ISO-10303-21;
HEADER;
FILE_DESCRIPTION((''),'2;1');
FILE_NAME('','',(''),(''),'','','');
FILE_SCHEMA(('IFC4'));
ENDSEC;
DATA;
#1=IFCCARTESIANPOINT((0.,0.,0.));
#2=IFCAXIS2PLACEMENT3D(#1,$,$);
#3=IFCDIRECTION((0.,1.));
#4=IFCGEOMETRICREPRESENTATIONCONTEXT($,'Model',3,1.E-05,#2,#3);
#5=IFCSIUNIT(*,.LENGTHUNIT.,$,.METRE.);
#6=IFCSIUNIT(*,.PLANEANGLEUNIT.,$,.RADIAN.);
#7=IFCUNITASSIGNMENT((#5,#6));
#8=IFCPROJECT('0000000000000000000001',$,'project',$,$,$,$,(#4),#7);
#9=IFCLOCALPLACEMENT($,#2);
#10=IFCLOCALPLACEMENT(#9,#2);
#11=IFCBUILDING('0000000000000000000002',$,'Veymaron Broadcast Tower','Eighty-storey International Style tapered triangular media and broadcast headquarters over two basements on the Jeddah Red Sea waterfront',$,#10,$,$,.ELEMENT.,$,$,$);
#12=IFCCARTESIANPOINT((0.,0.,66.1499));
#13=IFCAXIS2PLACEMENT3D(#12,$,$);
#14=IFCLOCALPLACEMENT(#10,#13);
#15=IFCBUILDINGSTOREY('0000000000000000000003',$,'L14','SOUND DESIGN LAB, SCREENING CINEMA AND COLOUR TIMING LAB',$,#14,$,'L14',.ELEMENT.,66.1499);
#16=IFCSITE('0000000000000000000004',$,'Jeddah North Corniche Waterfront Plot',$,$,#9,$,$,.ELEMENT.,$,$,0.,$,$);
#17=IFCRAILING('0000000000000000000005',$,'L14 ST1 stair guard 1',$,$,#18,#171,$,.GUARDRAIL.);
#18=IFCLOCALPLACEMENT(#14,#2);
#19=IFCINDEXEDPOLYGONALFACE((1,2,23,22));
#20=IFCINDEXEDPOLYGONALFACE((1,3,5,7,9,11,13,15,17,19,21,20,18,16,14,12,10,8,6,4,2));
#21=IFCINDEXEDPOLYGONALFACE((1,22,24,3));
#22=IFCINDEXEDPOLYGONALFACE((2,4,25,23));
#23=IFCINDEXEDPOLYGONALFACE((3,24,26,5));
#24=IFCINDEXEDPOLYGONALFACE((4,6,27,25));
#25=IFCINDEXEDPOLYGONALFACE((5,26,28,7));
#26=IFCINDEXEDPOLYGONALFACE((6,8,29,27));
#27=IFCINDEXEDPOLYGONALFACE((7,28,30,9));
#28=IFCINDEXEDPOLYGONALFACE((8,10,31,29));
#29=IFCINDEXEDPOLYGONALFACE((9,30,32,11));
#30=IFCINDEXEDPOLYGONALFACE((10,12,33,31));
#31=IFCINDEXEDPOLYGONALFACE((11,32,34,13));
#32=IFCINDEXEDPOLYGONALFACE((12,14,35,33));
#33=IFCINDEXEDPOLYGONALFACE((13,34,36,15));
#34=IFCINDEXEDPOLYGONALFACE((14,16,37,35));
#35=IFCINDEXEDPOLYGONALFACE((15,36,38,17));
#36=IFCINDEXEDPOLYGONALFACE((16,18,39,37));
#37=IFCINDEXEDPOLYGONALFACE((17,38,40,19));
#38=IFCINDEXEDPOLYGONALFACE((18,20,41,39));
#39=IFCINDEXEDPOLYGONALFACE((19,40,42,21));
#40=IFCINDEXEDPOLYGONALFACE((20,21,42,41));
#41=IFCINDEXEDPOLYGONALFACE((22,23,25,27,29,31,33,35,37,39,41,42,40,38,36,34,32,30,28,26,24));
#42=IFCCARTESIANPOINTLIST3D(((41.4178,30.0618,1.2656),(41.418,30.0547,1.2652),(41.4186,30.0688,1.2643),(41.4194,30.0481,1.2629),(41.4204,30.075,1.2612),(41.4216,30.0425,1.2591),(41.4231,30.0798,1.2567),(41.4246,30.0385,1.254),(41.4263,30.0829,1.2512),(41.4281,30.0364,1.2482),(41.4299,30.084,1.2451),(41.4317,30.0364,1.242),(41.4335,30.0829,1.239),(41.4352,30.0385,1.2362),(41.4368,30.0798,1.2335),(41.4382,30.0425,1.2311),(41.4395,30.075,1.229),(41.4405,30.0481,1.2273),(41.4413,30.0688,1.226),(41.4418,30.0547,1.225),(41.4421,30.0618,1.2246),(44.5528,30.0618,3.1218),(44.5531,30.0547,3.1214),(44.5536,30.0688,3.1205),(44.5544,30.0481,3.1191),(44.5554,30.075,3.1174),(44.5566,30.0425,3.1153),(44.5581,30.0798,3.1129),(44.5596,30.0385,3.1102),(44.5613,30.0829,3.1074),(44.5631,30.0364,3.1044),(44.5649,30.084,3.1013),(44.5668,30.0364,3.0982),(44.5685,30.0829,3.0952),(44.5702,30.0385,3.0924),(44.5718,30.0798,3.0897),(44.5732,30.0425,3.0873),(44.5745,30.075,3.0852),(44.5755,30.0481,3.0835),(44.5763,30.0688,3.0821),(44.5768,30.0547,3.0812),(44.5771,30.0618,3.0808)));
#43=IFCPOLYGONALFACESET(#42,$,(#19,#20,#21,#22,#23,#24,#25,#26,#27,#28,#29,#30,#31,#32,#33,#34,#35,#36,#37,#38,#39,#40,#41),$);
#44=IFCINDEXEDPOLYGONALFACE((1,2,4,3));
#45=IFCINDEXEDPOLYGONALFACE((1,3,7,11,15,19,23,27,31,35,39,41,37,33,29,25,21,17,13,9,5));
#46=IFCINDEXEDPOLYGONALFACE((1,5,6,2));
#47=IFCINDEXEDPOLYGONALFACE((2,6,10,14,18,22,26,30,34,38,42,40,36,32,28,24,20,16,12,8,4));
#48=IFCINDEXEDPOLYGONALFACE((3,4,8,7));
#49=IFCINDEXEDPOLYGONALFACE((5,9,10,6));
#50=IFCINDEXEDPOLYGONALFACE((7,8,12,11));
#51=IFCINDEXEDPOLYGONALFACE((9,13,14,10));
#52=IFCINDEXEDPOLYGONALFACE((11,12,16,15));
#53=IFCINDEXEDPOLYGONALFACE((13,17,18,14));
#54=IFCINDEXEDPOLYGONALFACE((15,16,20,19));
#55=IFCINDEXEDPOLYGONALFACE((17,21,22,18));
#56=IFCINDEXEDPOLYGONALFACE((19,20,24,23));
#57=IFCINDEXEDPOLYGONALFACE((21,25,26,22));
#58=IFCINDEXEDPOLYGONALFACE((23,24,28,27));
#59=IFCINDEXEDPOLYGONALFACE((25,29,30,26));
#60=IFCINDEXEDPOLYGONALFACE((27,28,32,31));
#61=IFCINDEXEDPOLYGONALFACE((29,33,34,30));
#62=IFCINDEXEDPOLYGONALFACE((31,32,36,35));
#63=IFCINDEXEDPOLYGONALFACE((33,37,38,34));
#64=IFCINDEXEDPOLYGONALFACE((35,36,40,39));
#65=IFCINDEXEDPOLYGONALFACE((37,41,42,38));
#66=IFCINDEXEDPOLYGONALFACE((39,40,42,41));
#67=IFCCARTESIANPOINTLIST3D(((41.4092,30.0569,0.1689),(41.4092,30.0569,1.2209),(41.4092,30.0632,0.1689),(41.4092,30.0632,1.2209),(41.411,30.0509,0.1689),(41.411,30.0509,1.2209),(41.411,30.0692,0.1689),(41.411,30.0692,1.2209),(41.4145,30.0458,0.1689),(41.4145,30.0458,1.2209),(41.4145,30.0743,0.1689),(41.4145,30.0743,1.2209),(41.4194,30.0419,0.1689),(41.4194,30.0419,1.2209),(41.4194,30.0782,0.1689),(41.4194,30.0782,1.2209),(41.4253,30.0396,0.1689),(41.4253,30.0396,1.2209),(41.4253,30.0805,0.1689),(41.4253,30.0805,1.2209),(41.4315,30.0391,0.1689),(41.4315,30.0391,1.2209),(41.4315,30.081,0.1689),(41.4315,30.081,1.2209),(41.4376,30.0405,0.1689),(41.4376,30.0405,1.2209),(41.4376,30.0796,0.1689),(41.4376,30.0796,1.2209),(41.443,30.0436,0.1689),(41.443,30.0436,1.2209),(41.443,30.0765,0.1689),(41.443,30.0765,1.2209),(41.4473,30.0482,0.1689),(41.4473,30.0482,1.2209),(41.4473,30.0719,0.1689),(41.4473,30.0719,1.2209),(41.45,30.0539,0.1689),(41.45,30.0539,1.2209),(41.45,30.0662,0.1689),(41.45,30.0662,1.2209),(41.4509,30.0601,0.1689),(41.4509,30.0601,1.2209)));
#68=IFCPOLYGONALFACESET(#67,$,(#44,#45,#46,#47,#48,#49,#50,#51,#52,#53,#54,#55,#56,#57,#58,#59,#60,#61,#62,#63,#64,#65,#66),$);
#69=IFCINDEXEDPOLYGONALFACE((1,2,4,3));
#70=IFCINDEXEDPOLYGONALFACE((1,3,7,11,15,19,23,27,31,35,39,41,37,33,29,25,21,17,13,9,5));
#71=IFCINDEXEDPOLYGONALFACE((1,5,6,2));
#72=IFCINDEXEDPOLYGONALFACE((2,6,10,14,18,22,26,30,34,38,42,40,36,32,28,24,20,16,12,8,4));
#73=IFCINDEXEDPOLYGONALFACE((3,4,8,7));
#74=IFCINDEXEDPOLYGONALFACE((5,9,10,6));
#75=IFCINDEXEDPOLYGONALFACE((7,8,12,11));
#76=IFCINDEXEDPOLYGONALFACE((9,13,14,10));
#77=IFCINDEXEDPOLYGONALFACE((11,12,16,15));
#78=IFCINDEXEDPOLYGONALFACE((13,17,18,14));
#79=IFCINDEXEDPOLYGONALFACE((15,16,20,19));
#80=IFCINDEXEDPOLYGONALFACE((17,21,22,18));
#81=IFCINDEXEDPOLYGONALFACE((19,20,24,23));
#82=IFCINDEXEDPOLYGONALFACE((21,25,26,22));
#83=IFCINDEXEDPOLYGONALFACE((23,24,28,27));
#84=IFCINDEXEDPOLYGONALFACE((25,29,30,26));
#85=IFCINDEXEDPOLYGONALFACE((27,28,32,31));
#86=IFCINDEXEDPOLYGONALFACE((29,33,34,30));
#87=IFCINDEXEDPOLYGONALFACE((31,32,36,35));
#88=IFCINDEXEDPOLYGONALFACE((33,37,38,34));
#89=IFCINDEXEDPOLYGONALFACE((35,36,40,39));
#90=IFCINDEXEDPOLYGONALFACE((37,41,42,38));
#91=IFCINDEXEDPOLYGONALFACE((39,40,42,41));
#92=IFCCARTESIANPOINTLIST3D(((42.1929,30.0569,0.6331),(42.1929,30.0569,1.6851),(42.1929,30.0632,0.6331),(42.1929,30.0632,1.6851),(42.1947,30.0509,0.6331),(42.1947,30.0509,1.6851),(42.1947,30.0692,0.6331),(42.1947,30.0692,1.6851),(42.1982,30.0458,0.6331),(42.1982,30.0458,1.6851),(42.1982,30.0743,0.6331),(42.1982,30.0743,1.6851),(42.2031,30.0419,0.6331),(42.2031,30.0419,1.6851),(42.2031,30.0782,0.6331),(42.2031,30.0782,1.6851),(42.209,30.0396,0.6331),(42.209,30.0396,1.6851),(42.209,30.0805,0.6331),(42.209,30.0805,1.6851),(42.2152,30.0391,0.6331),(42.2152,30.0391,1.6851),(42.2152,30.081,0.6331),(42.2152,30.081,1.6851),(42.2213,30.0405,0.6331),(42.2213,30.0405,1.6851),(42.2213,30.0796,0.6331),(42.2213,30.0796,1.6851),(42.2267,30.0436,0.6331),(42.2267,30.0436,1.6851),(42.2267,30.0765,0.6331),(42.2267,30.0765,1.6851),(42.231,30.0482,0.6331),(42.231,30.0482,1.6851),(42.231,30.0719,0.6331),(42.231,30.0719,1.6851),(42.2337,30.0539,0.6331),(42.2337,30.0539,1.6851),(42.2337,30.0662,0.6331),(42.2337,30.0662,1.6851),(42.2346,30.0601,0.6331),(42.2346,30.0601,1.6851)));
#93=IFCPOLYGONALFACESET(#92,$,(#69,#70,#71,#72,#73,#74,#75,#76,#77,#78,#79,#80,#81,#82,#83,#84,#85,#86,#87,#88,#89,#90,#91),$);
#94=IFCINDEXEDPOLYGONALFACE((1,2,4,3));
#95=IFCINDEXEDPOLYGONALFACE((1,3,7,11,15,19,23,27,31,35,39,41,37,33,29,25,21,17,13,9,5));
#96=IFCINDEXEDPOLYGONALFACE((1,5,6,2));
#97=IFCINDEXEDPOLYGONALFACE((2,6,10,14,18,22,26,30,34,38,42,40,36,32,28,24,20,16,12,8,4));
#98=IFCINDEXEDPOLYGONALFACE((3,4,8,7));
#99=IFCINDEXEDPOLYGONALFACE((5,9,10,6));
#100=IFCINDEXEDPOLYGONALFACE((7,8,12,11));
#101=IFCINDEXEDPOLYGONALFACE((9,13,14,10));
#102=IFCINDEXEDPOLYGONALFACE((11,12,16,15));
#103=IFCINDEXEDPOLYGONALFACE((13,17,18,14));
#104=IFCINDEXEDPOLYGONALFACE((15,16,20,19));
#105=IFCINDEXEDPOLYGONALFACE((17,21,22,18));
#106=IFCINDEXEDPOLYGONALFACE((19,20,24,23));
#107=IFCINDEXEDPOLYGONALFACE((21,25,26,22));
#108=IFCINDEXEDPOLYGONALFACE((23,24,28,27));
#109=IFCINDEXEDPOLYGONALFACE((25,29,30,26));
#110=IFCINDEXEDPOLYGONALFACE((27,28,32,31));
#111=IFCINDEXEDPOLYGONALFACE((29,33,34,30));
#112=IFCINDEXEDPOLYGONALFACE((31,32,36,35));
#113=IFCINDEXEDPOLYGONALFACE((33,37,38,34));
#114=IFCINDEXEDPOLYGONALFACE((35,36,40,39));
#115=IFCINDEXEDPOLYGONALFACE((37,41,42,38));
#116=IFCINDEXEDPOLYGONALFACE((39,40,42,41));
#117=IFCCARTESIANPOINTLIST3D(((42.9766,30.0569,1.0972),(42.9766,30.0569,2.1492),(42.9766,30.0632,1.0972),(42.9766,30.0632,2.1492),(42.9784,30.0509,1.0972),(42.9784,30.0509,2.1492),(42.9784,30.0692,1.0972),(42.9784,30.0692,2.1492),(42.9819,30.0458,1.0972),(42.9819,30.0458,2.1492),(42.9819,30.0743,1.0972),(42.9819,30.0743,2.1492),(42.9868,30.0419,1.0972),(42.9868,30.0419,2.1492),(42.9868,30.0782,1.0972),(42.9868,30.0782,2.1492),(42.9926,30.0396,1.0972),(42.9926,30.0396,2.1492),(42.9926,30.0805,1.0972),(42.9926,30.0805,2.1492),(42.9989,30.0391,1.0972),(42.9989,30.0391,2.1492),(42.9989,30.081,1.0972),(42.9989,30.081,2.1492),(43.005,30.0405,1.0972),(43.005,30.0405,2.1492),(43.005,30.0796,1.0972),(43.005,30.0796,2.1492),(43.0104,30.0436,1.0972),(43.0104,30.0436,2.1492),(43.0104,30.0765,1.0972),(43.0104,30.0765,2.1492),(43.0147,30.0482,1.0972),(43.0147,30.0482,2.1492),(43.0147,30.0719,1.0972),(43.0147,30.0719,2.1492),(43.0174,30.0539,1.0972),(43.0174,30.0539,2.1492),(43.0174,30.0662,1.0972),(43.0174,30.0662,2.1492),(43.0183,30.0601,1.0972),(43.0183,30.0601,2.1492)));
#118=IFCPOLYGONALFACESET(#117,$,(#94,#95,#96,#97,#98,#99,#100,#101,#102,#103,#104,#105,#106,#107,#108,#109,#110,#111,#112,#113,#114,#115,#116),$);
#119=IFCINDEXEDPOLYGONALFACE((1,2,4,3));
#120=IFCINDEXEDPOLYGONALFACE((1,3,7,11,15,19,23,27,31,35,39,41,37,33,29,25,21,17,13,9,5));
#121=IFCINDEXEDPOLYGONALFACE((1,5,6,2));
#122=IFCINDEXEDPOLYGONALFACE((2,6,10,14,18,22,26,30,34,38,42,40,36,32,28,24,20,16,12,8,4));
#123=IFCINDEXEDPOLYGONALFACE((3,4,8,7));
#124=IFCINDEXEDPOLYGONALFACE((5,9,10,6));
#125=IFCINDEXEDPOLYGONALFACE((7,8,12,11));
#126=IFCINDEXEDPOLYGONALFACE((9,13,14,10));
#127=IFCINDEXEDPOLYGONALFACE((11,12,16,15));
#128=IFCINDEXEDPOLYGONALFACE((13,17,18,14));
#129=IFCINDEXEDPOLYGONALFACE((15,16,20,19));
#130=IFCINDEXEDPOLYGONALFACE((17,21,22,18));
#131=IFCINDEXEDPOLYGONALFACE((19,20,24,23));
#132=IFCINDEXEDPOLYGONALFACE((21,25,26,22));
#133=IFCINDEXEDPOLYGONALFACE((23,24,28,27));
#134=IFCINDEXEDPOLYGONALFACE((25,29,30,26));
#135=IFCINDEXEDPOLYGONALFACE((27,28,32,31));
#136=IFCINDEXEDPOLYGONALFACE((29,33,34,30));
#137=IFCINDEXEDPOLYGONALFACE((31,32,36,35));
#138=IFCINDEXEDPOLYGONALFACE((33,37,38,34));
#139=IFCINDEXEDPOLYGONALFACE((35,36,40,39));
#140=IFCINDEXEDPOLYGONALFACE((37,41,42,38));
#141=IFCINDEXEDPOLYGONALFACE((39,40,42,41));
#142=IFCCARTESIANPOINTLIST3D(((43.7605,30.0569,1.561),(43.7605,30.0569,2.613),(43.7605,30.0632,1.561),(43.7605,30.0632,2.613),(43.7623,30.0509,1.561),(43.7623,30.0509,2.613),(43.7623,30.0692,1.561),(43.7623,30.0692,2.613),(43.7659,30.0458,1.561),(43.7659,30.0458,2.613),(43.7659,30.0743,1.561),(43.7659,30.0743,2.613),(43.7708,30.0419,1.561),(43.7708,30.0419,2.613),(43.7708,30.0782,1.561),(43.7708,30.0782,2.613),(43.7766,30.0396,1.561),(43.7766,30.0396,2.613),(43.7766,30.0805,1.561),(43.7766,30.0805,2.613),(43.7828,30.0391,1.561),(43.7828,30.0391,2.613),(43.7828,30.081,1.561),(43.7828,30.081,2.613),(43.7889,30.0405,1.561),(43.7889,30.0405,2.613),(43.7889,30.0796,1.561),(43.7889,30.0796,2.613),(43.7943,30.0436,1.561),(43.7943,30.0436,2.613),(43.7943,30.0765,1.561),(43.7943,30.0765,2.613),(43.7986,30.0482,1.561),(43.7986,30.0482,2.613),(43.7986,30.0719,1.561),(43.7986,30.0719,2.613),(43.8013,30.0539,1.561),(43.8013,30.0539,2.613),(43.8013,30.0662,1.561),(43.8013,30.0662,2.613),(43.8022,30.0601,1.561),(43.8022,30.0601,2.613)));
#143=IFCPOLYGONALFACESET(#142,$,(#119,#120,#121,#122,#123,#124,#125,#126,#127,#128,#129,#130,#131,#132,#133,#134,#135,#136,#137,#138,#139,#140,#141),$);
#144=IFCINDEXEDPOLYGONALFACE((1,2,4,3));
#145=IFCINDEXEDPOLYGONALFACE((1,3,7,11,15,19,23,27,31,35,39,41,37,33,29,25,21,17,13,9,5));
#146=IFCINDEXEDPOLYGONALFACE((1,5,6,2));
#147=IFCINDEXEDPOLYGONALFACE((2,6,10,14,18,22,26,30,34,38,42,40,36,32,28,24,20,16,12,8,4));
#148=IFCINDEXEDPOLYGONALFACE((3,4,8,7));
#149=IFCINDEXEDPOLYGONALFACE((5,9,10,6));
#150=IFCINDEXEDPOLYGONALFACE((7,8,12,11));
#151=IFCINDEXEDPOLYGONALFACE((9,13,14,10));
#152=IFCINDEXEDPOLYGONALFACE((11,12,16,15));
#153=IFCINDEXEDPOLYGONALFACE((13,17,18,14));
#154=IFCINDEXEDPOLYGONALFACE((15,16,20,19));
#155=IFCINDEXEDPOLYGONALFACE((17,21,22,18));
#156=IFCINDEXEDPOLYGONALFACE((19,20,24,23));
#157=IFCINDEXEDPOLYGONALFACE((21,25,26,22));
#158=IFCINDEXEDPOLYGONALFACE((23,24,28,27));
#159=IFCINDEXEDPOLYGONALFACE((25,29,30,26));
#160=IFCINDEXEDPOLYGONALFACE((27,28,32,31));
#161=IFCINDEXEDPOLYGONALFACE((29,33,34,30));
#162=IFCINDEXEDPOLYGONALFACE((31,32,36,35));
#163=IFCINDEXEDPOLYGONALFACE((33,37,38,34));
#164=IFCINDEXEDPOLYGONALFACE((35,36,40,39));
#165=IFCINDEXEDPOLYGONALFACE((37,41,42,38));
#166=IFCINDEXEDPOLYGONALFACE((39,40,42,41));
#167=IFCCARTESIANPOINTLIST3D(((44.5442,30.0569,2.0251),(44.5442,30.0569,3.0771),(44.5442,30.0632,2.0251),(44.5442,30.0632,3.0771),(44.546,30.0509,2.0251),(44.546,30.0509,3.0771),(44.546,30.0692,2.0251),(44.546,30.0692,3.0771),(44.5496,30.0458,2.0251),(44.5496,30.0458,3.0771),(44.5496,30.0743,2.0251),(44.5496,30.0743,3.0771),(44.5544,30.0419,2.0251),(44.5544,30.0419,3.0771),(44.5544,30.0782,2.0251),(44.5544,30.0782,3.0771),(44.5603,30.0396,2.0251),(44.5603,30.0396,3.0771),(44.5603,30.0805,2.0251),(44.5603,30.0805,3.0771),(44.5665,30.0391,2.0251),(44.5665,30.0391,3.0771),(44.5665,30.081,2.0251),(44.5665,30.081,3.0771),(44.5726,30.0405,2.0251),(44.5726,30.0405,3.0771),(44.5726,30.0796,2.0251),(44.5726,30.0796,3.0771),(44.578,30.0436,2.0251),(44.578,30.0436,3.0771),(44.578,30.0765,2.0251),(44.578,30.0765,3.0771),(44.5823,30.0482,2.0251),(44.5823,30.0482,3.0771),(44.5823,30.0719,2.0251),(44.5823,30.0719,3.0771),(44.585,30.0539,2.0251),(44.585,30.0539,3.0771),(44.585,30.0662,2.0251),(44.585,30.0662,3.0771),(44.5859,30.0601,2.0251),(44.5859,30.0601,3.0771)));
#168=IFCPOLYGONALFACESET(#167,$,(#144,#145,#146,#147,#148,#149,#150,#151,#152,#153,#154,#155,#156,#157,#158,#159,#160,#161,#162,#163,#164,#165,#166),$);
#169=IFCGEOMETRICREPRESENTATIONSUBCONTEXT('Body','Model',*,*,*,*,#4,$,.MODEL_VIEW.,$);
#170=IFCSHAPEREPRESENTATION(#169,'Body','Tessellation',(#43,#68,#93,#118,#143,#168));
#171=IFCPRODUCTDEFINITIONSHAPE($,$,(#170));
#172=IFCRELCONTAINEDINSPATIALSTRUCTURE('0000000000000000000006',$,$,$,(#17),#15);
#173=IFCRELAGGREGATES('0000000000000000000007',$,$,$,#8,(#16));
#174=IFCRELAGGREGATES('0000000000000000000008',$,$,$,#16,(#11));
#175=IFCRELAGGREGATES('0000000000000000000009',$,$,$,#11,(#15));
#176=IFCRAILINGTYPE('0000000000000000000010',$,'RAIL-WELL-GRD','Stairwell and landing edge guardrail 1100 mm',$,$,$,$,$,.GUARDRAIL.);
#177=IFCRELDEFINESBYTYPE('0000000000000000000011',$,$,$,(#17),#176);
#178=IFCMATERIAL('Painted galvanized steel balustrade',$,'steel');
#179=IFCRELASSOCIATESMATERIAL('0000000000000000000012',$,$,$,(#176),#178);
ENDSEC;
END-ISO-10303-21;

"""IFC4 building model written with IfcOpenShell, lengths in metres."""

from ifc_helpers import new_model, si_unit, direction, frame, origin, origin_2d, place, context, subcontext, project, spatial, circle, extrude, material, type_object, element, save


model = new_model("IFC4")

# Units and contexts
model_context = context("Model", 3, precision=1e-05, world=origin(), true_north=direction((0.0, 1.0)))
body_context = subcontext(model_context, "Body", "Model", "MODEL_VIEW")
ifc_project = project(units=[si_unit("LENGTHUNIT", "METRE"), si_unit("PLANEANGLEUNIT", "RADIAN")], contexts=[model_context])

# Site, building, storey
site_placement = place(None, origin())
site = spatial("IfcSite", under=ifc_project, at=site_placement, Name="Jeddah North Corniche Waterfront Plot", CompositionType="ELEMENT", RefElevation=0.0)
building_placement = place(site_placement, origin())
building = spatial("IfcBuilding", under=site, at=building_placement, Name="Veymaron Broadcast Tower", Description="Eighty-storey International Style tapered triangular media and broadcast headquarters over two basements on the Jeddah Red Sea waterfront", CompositionType="ELEMENT")
storey_placement = place(building_placement, frame((0.0, 0.0, 66.1499)))
storey = spatial("IfcBuildingStorey", under=building, at=storey_placement, Name="L14", Description="SOUND DESIGN LAB, SCREENING CINEMA AND COLOUR TIMING LAB", LongName="L14", CompositionType="ELEMENT", Elevation=66.1499)

# Railing
ifc_material_1 = material(Name="Painted galvanized steel balustrade", Category="steel")
railing_type_1 = type_object("IfcRailingType", Name="RAIL-WELL-GRD", Description="Stairwell and landing edge guardrail 1100 mm", PredefinedType="GUARDRAIL", material=ifc_material_1)
railing_1_placement = place(storey_placement, frame((41.4299, 30.0601, 0.1689)))
element("IfcRailing", 1, at=railing_1_placement, inside=storey, type_object=railing_type_1, Name="L14 ST1 stair guard 1", PredefinedType="GUARDRAIL", context=body_context, shape_type="SweptSolid", body=[
    extrude(circle(Radius=0.0239, at=origin_2d()), frame((0.0, 0.0, 1.0762), z_axis=(0.860482, 0.0, 0.509481), x_axis=(0.0, 1.0, 0.0)), (0.0, 0.0, 1.0), 3.6433),
    extrude(circle(Radius=0.021, at=origin_2d()), origin(), (0.0, 0.0, 1.0), 1.052),
    extrude(circle(Radius=0.021, at=origin_2d()), frame((0.7837, 0.0, 0.4641)), (0.0, 0.0, 1.0), 1.052),
    extrude(circle(Radius=0.021, at=origin_2d()), frame((1.5674, 0.0, 0.9282)), (0.0, 0.0, 1.0), 1.052),
    extrude(circle(Radius=0.021, at=origin_2d()), frame((2.3513, 0.0, 1.3921)), (0.0, 0.0, 1.0), 1.052),
    extrude(circle(Radius=0.021, at=origin_2d()), frame((3.135, 0.0, 1.8562)), (0.0, 0.0, 1.0), 1.052),
])

save(model, "model.ifc")
